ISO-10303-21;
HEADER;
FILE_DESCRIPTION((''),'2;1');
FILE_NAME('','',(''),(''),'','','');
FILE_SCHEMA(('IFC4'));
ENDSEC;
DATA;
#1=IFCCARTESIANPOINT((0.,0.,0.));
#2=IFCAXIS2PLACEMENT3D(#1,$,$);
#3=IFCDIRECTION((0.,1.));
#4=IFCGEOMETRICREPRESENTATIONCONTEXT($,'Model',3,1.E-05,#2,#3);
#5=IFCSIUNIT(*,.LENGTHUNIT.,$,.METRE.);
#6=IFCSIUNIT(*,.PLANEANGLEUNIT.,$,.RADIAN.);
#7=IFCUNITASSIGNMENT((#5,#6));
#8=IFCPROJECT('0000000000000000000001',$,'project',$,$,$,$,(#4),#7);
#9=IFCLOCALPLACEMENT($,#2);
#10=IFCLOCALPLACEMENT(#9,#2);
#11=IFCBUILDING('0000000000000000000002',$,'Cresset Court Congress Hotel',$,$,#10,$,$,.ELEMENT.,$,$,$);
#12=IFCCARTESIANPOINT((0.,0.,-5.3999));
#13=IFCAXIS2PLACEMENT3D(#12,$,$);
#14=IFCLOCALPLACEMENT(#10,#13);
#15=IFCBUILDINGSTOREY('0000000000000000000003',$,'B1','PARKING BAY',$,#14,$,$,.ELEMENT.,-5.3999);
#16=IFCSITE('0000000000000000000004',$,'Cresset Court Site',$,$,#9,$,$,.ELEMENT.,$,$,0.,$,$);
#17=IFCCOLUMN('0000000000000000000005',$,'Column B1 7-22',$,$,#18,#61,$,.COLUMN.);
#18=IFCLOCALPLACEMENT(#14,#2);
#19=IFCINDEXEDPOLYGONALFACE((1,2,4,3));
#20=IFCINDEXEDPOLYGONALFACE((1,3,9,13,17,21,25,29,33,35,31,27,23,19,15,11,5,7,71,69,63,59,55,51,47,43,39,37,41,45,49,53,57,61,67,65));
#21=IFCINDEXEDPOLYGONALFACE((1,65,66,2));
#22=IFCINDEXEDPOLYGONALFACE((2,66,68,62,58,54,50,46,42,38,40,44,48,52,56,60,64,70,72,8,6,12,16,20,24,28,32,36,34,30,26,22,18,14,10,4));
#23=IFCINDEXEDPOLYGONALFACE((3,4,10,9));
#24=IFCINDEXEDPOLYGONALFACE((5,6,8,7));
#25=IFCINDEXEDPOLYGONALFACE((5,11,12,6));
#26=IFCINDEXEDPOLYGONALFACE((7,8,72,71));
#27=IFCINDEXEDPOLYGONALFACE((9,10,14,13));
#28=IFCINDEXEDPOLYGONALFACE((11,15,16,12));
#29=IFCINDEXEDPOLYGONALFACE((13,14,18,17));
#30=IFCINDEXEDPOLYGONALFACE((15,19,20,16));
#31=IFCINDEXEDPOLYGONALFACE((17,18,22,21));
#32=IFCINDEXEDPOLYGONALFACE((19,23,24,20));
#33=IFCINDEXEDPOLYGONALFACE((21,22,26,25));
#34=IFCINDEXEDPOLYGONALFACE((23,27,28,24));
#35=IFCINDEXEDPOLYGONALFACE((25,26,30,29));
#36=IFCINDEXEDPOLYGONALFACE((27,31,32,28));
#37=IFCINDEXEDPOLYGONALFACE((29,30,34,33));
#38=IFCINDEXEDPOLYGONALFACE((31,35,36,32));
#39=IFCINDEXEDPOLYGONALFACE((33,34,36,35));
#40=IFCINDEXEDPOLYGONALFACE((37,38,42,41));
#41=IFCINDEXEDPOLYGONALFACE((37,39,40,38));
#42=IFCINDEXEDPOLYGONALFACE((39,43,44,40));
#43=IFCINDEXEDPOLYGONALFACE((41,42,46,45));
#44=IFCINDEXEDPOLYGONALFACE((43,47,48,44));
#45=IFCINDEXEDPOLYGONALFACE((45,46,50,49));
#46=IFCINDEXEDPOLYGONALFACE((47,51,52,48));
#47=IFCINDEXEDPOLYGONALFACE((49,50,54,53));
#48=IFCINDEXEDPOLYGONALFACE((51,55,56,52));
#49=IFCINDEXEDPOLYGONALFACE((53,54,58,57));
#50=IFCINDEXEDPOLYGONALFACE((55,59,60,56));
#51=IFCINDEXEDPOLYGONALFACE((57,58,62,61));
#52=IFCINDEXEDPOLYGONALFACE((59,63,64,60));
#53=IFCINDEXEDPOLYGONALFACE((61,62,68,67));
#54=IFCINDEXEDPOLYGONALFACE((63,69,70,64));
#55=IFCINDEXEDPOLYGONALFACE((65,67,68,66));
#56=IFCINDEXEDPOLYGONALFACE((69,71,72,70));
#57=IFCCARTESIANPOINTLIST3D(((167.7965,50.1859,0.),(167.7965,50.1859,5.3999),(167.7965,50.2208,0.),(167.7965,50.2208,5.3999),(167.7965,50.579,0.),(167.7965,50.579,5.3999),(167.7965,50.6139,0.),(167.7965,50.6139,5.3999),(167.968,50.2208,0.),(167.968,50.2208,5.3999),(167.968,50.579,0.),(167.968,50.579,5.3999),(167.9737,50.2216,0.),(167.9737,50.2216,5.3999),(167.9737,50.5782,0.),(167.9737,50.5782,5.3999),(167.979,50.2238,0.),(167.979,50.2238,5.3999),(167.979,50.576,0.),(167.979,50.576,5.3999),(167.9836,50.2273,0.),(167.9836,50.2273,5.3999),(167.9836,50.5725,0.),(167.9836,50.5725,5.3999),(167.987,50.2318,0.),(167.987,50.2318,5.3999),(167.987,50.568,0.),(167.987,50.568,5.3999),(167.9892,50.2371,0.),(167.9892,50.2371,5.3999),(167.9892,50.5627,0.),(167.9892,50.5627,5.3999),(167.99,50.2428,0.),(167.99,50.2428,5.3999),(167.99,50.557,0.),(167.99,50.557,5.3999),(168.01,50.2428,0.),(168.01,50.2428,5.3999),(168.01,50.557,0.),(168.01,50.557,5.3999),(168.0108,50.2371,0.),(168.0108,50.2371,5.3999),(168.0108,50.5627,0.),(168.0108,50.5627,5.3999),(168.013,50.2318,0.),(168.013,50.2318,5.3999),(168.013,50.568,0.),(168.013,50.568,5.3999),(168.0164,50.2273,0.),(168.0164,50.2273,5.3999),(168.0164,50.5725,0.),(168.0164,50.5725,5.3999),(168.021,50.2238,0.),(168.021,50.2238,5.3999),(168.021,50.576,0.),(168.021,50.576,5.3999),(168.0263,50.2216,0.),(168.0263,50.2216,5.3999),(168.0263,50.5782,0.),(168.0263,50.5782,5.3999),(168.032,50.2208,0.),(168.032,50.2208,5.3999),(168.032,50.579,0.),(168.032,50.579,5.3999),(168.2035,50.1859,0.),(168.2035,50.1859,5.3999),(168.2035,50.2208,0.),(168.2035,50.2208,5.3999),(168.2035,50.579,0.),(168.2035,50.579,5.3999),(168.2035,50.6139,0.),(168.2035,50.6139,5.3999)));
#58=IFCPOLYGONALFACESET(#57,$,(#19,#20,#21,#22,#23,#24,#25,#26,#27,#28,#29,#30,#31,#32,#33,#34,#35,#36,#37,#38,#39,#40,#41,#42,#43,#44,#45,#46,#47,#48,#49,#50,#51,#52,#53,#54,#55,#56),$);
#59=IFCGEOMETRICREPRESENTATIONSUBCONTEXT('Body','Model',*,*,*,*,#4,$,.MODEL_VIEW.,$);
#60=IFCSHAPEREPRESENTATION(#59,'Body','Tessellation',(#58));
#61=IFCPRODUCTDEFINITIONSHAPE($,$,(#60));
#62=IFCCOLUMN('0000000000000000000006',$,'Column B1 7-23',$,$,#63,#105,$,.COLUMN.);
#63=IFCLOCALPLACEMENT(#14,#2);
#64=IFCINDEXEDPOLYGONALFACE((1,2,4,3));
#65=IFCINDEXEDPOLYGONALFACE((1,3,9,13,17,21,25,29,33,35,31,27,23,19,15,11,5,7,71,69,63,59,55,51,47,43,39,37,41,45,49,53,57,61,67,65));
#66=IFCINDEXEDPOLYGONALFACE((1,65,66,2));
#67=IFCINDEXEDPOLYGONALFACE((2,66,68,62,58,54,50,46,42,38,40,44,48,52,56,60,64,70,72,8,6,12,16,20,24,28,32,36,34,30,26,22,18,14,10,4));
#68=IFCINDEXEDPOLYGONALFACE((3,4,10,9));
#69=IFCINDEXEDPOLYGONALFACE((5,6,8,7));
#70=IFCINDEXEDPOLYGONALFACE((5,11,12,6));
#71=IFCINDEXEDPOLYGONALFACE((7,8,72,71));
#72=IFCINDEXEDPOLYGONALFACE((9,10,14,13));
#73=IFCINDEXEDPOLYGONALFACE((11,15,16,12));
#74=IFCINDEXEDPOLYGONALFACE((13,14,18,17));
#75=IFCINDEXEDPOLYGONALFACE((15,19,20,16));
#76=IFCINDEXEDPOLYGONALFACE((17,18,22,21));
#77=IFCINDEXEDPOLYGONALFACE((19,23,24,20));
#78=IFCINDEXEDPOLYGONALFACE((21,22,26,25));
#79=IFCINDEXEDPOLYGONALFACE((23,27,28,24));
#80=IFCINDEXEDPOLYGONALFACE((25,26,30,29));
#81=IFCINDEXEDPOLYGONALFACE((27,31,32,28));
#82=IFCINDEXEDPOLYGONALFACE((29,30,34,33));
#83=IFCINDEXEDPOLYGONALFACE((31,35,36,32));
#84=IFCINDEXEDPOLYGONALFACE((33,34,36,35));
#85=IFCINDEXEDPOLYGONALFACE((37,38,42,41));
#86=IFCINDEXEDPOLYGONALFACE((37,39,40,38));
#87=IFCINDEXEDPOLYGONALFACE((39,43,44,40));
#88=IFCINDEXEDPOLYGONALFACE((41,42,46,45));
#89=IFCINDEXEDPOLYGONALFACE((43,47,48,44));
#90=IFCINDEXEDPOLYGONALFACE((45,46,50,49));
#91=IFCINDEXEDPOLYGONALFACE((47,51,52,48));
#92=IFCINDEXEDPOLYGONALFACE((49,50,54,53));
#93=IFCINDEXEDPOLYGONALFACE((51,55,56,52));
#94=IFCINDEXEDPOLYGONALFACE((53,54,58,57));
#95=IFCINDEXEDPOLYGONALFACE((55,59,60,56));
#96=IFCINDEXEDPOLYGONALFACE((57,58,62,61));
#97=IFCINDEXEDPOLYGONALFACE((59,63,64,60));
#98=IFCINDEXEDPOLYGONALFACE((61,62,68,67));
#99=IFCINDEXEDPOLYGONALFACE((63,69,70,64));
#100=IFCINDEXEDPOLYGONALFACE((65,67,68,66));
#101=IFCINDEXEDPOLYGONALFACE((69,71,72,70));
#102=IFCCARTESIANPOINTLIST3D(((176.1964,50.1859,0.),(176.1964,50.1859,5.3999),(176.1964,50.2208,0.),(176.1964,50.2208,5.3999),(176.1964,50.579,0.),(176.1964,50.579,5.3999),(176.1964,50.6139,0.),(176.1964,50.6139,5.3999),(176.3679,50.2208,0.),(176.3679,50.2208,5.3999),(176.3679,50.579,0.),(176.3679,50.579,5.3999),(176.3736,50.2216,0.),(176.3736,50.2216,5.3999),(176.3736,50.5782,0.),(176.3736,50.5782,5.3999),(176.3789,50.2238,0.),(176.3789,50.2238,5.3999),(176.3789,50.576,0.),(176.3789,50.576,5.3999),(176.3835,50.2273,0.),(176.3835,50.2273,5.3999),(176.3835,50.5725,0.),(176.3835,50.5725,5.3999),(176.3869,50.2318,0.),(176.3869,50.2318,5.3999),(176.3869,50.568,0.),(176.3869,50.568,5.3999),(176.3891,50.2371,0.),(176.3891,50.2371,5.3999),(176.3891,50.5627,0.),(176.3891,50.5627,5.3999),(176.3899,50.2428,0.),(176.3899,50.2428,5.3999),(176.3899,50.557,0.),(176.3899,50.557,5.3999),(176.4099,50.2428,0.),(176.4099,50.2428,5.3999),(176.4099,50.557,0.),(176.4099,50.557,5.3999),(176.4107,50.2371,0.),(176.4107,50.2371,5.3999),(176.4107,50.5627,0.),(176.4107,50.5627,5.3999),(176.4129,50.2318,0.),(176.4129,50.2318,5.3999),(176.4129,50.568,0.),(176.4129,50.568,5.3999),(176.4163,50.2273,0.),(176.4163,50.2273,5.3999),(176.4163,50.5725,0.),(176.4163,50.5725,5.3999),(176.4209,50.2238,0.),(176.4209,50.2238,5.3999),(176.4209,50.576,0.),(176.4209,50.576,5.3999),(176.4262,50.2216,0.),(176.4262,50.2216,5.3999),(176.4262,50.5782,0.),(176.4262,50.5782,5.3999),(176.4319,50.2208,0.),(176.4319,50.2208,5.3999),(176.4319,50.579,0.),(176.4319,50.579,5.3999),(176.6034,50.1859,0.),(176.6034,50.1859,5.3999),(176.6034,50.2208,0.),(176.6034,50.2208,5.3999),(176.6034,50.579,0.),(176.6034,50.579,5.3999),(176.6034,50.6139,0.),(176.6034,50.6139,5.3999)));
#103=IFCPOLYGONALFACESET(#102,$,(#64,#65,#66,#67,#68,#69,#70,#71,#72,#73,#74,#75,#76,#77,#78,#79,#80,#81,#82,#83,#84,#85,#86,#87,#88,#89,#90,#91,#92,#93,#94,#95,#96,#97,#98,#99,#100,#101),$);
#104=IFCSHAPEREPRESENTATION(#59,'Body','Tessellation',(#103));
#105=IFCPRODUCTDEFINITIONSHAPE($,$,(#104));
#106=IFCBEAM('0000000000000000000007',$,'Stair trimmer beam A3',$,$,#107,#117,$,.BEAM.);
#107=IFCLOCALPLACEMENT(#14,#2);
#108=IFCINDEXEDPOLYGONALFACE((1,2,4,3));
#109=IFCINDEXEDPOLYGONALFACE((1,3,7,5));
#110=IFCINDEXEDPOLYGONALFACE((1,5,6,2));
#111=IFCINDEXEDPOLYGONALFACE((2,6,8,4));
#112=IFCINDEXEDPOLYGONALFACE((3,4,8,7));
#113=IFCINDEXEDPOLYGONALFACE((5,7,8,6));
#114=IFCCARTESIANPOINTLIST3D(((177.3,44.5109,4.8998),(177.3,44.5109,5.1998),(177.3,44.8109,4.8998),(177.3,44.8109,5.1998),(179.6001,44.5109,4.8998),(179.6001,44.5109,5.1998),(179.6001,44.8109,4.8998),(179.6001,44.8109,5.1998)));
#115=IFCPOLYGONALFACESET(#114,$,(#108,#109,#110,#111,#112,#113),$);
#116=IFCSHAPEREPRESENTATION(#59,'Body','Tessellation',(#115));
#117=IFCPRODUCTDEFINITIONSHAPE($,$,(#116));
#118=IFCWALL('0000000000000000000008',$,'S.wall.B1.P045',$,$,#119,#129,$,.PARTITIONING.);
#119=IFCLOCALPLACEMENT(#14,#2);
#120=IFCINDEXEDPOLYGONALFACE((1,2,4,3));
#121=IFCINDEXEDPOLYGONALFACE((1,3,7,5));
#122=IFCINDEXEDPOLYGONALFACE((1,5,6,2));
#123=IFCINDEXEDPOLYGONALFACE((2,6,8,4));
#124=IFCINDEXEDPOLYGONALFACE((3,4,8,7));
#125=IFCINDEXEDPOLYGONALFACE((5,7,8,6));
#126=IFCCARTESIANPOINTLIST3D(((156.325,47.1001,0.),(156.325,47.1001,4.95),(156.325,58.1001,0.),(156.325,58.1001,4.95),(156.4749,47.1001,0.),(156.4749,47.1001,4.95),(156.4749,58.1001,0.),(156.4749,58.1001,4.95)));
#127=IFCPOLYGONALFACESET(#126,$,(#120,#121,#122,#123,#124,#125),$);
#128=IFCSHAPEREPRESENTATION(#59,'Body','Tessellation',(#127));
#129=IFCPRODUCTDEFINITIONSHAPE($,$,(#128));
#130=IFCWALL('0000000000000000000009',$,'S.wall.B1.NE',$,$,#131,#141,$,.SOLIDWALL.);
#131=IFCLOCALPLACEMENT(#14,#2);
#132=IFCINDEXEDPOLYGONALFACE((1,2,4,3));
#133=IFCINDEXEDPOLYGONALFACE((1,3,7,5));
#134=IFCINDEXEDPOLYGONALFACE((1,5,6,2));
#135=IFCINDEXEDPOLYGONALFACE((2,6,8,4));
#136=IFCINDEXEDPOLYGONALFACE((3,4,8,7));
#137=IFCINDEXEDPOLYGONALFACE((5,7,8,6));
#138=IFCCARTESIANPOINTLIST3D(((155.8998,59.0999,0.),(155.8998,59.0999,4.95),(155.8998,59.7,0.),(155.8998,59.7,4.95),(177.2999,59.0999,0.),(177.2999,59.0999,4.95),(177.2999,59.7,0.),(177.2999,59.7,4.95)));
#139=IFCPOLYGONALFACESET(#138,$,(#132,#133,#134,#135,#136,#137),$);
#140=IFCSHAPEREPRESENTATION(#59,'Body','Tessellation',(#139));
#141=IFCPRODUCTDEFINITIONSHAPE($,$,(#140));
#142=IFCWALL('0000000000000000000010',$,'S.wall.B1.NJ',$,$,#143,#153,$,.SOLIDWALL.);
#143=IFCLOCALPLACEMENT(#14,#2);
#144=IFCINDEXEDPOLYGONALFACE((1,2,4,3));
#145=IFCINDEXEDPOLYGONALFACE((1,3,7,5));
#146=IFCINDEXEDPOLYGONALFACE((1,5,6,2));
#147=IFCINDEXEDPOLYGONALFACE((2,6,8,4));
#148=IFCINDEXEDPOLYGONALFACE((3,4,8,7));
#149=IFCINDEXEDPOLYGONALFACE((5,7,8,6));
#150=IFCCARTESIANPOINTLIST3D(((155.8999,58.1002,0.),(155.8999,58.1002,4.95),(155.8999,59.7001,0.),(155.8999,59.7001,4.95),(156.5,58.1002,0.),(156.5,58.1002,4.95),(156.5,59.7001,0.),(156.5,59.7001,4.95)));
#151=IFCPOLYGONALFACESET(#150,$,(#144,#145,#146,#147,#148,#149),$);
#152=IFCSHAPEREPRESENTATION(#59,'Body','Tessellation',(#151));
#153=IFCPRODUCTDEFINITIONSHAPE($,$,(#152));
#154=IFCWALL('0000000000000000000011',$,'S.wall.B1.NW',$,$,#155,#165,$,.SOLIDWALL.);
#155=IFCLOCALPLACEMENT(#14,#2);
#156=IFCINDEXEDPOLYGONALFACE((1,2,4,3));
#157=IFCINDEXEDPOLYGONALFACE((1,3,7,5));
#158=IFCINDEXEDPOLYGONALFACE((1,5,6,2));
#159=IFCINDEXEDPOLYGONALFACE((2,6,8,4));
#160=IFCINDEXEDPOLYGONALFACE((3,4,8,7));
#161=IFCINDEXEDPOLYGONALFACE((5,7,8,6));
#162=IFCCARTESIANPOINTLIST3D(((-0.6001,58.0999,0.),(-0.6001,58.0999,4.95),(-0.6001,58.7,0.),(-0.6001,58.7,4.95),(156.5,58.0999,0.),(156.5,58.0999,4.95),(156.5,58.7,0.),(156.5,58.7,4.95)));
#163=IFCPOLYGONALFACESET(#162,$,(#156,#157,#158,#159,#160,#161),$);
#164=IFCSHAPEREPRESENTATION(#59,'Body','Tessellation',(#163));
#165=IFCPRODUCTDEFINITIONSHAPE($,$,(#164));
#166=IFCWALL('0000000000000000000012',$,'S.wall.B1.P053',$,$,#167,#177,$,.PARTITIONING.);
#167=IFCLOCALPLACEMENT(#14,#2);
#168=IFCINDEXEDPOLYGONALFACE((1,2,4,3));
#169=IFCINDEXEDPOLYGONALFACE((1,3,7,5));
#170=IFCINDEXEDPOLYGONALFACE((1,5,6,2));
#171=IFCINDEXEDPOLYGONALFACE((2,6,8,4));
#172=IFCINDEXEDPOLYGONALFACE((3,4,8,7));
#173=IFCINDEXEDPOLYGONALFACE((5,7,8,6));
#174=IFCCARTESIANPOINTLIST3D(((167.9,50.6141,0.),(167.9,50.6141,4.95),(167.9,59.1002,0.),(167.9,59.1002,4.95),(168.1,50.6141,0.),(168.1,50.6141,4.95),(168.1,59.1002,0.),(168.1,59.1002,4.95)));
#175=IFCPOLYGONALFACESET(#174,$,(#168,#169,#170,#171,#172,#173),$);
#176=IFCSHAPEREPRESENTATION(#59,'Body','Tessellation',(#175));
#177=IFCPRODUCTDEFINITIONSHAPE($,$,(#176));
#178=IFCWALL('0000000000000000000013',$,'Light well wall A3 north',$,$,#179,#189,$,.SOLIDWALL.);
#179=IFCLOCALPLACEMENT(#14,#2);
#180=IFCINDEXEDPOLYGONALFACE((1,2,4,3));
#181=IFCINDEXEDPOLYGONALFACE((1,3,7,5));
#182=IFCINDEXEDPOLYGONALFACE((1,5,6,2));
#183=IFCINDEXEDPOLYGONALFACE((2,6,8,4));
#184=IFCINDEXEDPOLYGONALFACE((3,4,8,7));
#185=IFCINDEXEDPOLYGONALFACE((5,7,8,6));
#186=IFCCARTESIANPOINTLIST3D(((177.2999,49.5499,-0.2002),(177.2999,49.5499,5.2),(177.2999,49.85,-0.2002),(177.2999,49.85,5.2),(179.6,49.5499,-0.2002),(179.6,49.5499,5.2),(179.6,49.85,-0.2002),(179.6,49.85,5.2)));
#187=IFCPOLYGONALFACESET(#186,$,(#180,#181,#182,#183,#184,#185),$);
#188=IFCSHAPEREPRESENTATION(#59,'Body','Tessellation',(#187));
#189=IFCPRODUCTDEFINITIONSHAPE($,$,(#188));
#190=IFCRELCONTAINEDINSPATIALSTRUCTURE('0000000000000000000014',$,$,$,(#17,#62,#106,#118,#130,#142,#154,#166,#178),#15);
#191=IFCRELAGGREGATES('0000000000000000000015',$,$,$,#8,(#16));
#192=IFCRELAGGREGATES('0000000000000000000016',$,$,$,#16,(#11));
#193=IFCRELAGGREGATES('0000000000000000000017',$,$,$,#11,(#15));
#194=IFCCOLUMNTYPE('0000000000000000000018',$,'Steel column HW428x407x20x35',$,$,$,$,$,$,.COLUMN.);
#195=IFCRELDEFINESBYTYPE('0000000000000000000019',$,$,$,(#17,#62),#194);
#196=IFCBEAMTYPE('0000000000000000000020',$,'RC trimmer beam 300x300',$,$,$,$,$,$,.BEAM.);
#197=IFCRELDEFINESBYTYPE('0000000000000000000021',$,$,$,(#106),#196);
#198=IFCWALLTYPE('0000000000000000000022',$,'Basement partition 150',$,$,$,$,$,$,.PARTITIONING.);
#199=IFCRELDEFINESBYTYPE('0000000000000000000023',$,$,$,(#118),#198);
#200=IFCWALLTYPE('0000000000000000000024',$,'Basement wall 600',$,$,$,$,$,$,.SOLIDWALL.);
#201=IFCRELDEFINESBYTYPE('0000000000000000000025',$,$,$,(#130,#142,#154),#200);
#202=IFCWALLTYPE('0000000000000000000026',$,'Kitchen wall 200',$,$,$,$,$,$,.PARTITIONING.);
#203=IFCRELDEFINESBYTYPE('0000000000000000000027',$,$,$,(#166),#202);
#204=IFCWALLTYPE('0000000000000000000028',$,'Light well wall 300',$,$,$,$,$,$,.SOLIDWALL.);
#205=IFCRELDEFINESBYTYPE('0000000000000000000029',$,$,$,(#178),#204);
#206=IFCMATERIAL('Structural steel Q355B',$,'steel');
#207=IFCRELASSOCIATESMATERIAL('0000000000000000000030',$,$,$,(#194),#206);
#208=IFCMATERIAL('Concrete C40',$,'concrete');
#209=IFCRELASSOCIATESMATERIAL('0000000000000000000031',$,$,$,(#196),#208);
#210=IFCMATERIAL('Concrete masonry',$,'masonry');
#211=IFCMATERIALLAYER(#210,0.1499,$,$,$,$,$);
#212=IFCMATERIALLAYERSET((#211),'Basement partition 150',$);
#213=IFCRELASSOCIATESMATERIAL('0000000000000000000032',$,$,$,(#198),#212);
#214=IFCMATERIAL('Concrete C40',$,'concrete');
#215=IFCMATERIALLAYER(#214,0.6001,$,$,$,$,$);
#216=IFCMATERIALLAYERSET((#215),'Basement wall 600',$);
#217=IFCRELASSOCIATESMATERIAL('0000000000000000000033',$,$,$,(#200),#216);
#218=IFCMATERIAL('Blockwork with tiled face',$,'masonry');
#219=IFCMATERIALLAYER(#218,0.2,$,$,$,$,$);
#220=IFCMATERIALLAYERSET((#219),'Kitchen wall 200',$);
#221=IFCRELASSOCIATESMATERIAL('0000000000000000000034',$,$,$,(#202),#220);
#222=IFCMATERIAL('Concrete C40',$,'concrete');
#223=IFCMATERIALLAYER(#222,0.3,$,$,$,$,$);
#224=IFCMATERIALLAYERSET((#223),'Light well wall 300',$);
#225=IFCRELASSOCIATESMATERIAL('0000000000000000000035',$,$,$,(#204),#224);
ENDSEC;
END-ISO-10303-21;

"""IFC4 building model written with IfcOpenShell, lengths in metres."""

from ifc_helpers import new_model, si_unit, direction, frame, frame_2d, origin, origin_2d, place, context, subcontext, project, spatial, rectangle, i_section, extrude, material, layer, layer_set, material_profile, profile_set, type_object, element, save


model = new_model("IFC4")

# Units and contexts
model_context = context("Model", 3, precision=1e-05, world=origin(), true_north=direction((0.0, 1.0)))
body_context = subcontext(model_context, "Body", "Model", "MODEL_VIEW")
ifc_project = project(units=[si_unit("LENGTHUNIT", "METRE"), si_unit("PLANEANGLEUNIT", "RADIAN")], contexts=[model_context])

# Site, building, storey
site_placement = place(None, origin())
site = spatial("IfcSite", under=ifc_project, at=site_placement, Name="Cresset Court Site", CompositionType="ELEMENT", RefElevation=0.0)
building_placement = place(site_placement, origin())
building = spatial("IfcBuilding", under=site, at=building_placement, Name="Cresset Court Congress Hotel", CompositionType="ELEMENT")
storey_placement = place(building_placement, frame((0.0, 0.0, -5.3999)))
storey = spatial("IfcBuildingStorey", under=building, at=storey_placement, Name="B1", Description="PARKING BAY", CompositionType="ELEMENT", Elevation=-5.3999)

# Columns
ifc_material_1 = material(Name="Structural steel Q355B", Category="steel")
ifc_material_profile_1 = material_profile(ifc_material_1, i_section(OverallWidth=0.407, OverallDepth=0.428, WebThickness=0.02, FlangeThickness=0.0349, FilletRadius=0.022, at=origin_2d()), Name="HW428x407x20x35")
ifc_profile_set_1 = profile_set([ifc_material_profile_1], Name="Structural steel Q355B")
column_type = type_object("IfcColumnType", Name="Steel column HW428x407x20x35", PredefinedType="COLUMN", material=ifc_profile_set_1)
for number, where, z_axis, x_axis, name in (
    (1, (168.0, 50.3999, 0.0), (0.0, 0.0, 1.0), (1.0, 0.0, 0.0), "Column B1 7-22"),
    (2, (176.3999, 50.3999, 0.0), (0.0, 0.0, 1.0), (1.0, 0.0, 0.0), "Column B1 7-23"),
):
    element("IfcColumn", number, at=place(storey_placement, frame(where, z_axis=z_axis, x_axis=x_axis)), inside=storey, type_object=column_type, Name=name, PredefinedType="COLUMN", context=body_context, shape_type="SweptSolid", body=[
        extrude(i_section(OverallWidth=0.407, OverallDepth=0.428, WebThickness=0.02, FlangeThickness=0.0349, FilletRadius=0.022, at=origin_2d()), origin(), (0.0, 0.0, 1.0), 5.3999),
    ])

# Beam
ifc_material_2 = material(Name="Concrete C40", Category="concrete")
ifc_material_profile_2 = material_profile(ifc_material_2, rectangle(XDim=0.3, YDim=0.3, at=origin_2d()), Name="RC300x300")
ifc_profile_set_2 = profile_set([ifc_material_profile_2], Name="Concrete C40")
beam_type = type_object("IfcBeamType", Name="RC trimmer beam 300x300", PredefinedType="BEAM", material=ifc_profile_set_2)
beam_placement = place(storey_placement, frame((177.3, 44.6609, 5.0498), z_axis=(1.0, 0.0, 0.0), x_axis=(0.0, 1.0, 0.0)))
element("IfcBeam", 3, at=beam_placement, inside=storey, type_object=beam_type, Name="Stair trimmer beam A3", PredefinedType="BEAM", context=body_context, shape_type="SweptSolid", body=[
    extrude(rectangle(XDim=0.3, YDim=0.3, at=origin_2d()), origin(), (0.0, 0.0, 1.0), 2.3),
])

# Walls
ifc_material_3 = material(Name="Concrete masonry", Category="masonry")
ifc_layer_1 = layer(ifc_material_3, 0.1499)
ifc_layer_set_1 = layer_set([ifc_layer_1], Name="Basement partition 150")
wall_type_1 = type_object("IfcWallType", Name="Basement partition 150", PredefinedType="PARTITIONING", material=ifc_layer_set_1)
wall_1_placement = place(storey_placement, frame((156.3999, 47.1001, 0.0), z_axis=(0.0, 0.0, 1.0), x_axis=(0.0, 1.0, 0.0)))
element("IfcWall", 4, at=wall_1_placement, inside=storey, type_object=wall_type_1, Name="S.wall.B1.P045", PredefinedType="PARTITIONING", context=body_context, shape_type="SweptSolid", body=[
    extrude(rectangle(XDim=11.0, YDim=0.1499, at=frame_2d((5.5, 0.0))), origin(), (0.0, 0.0, 1.0), 4.95),
])
ifc_material_4 = material(Name="Concrete C40", Category="concrete")
ifc_layer_2 = layer(ifc_material_4, 0.6001)
ifc_layer_set_2 = layer_set([ifc_layer_2], Name="Basement wall 600")
wall_type_2 = type_object("IfcWallType", Name="Basement wall 600", PredefinedType="SOLIDWALL", material=ifc_layer_set_2)
wall_2_placement = place(storey_placement, frame((177.3, 59.3999, 0.0), z_axis=(0.0, 0.0, 1.0), x_axis=(-1.0, 0.0, 0.0)))
element("IfcWall", 5, at=wall_2_placement, inside=storey, type_object=wall_type_2, Name="S.wall.B1.NE", PredefinedType="SOLIDWALL", context=body_context, shape_type="SweptSolid", body=[
    extrude(rectangle(XDim=21.4001, YDim=0.6001, at=frame_2d((10.7002, 0.0))), origin(), (0.0, 0.0, 1.0), 4.95),
])
wall_3_placement = place(storey_placement, frame((156.2, 59.7, 0.0), z_axis=(0.0, 0.0, 1.0), x_axis=(0.0, -1.0, 0.0)))
element("IfcWall", 6, at=wall_3_placement, inside=storey, type_object=wall_type_2, Name="S.wall.B1.NJ", PredefinedType="SOLIDWALL", context=body_context, shape_type="SweptSolid", body=[
    extrude(rectangle(XDim=1.5999, YDim=0.6001, at=frame_2d((0.7998, 0.0))), origin(), (0.0, 0.0, 1.0), 4.95),
])
wall_4_placement = place(storey_placement, frame((156.5, 58.3999, 0.0), z_axis=(0.0, 0.0, 1.0), x_axis=(-1.0, 0.0, 0.0)))
element("IfcWall", 7, at=wall_4_placement, inside=storey, type_object=wall_type_2, Name="S.wall.B1.NW", PredefinedType="SOLIDWALL", context=body_context, shape_type="SweptSolid", body=[
    extrude(rectangle(XDim=157.1001, YDim=0.6001, at=frame_2d((78.55, 0.0))), origin(), (0.0, 0.0, 1.0), 4.95),
])
ifc_material_5 = material(Name="Blockwork with tiled face", Category="masonry")
ifc_layer_3 = layer(ifc_material_5, 0.2)
ifc_layer_set_3 = layer_set([ifc_layer_3], Name="Kitchen wall 200")
wall_type_3 = type_object("IfcWallType", Name="Kitchen wall 200", PredefinedType="PARTITIONING", material=ifc_layer_set_3)
wall_5_placement = place(storey_placement, frame((168.0, 50.614, 0.0), z_axis=(0.0, 0.0, 1.0), x_axis=(0.0, 1.0, 0.0)))
element("IfcWall", 8, at=wall_5_placement, inside=storey, type_object=wall_type_3, Name="S.wall.B1.P053", PredefinedType="PARTITIONING", context=body_context, shape_type="SweptSolid", body=[
    extrude(rectangle(XDim=8.4861, YDim=0.2, at=frame_2d((4.2432, 0.0))), origin(), (0.0, 0.0, 1.0), 4.95),
])
ifc_material_6 = material(Name="Concrete C40", Category="concrete")
ifc_layer_4 = layer(ifc_material_6, 0.3)
ifc_layer_set_4 = layer_set([ifc_layer_4], Name="Light well wall 300")
wall_type_4 = type_object("IfcWallType", Name="Light well wall 300", PredefinedType="SOLIDWALL", material=ifc_layer_set_4)
wall_6_placement = place(storey_placement, frame((177.3, 49.7, -0.2002), z_axis=(0.0, 0.0, 1.0), x_axis=(1.0, 0.0, 0.0)))
element("IfcWall", 9, at=wall_6_placement, inside=storey, type_object=wall_type_4, Name="Light well wall A3 north", PredefinedType="SOLIDWALL", context=body_context, shape_type="SweptSolid", body=[
    extrude(rectangle(XDim=2.3, YDim=0.3, at=frame_2d((1.1499, 0.0))), origin(), (0.0, 0.0, 1.0), 5.4001),
])

save(model, "model.ifc")
